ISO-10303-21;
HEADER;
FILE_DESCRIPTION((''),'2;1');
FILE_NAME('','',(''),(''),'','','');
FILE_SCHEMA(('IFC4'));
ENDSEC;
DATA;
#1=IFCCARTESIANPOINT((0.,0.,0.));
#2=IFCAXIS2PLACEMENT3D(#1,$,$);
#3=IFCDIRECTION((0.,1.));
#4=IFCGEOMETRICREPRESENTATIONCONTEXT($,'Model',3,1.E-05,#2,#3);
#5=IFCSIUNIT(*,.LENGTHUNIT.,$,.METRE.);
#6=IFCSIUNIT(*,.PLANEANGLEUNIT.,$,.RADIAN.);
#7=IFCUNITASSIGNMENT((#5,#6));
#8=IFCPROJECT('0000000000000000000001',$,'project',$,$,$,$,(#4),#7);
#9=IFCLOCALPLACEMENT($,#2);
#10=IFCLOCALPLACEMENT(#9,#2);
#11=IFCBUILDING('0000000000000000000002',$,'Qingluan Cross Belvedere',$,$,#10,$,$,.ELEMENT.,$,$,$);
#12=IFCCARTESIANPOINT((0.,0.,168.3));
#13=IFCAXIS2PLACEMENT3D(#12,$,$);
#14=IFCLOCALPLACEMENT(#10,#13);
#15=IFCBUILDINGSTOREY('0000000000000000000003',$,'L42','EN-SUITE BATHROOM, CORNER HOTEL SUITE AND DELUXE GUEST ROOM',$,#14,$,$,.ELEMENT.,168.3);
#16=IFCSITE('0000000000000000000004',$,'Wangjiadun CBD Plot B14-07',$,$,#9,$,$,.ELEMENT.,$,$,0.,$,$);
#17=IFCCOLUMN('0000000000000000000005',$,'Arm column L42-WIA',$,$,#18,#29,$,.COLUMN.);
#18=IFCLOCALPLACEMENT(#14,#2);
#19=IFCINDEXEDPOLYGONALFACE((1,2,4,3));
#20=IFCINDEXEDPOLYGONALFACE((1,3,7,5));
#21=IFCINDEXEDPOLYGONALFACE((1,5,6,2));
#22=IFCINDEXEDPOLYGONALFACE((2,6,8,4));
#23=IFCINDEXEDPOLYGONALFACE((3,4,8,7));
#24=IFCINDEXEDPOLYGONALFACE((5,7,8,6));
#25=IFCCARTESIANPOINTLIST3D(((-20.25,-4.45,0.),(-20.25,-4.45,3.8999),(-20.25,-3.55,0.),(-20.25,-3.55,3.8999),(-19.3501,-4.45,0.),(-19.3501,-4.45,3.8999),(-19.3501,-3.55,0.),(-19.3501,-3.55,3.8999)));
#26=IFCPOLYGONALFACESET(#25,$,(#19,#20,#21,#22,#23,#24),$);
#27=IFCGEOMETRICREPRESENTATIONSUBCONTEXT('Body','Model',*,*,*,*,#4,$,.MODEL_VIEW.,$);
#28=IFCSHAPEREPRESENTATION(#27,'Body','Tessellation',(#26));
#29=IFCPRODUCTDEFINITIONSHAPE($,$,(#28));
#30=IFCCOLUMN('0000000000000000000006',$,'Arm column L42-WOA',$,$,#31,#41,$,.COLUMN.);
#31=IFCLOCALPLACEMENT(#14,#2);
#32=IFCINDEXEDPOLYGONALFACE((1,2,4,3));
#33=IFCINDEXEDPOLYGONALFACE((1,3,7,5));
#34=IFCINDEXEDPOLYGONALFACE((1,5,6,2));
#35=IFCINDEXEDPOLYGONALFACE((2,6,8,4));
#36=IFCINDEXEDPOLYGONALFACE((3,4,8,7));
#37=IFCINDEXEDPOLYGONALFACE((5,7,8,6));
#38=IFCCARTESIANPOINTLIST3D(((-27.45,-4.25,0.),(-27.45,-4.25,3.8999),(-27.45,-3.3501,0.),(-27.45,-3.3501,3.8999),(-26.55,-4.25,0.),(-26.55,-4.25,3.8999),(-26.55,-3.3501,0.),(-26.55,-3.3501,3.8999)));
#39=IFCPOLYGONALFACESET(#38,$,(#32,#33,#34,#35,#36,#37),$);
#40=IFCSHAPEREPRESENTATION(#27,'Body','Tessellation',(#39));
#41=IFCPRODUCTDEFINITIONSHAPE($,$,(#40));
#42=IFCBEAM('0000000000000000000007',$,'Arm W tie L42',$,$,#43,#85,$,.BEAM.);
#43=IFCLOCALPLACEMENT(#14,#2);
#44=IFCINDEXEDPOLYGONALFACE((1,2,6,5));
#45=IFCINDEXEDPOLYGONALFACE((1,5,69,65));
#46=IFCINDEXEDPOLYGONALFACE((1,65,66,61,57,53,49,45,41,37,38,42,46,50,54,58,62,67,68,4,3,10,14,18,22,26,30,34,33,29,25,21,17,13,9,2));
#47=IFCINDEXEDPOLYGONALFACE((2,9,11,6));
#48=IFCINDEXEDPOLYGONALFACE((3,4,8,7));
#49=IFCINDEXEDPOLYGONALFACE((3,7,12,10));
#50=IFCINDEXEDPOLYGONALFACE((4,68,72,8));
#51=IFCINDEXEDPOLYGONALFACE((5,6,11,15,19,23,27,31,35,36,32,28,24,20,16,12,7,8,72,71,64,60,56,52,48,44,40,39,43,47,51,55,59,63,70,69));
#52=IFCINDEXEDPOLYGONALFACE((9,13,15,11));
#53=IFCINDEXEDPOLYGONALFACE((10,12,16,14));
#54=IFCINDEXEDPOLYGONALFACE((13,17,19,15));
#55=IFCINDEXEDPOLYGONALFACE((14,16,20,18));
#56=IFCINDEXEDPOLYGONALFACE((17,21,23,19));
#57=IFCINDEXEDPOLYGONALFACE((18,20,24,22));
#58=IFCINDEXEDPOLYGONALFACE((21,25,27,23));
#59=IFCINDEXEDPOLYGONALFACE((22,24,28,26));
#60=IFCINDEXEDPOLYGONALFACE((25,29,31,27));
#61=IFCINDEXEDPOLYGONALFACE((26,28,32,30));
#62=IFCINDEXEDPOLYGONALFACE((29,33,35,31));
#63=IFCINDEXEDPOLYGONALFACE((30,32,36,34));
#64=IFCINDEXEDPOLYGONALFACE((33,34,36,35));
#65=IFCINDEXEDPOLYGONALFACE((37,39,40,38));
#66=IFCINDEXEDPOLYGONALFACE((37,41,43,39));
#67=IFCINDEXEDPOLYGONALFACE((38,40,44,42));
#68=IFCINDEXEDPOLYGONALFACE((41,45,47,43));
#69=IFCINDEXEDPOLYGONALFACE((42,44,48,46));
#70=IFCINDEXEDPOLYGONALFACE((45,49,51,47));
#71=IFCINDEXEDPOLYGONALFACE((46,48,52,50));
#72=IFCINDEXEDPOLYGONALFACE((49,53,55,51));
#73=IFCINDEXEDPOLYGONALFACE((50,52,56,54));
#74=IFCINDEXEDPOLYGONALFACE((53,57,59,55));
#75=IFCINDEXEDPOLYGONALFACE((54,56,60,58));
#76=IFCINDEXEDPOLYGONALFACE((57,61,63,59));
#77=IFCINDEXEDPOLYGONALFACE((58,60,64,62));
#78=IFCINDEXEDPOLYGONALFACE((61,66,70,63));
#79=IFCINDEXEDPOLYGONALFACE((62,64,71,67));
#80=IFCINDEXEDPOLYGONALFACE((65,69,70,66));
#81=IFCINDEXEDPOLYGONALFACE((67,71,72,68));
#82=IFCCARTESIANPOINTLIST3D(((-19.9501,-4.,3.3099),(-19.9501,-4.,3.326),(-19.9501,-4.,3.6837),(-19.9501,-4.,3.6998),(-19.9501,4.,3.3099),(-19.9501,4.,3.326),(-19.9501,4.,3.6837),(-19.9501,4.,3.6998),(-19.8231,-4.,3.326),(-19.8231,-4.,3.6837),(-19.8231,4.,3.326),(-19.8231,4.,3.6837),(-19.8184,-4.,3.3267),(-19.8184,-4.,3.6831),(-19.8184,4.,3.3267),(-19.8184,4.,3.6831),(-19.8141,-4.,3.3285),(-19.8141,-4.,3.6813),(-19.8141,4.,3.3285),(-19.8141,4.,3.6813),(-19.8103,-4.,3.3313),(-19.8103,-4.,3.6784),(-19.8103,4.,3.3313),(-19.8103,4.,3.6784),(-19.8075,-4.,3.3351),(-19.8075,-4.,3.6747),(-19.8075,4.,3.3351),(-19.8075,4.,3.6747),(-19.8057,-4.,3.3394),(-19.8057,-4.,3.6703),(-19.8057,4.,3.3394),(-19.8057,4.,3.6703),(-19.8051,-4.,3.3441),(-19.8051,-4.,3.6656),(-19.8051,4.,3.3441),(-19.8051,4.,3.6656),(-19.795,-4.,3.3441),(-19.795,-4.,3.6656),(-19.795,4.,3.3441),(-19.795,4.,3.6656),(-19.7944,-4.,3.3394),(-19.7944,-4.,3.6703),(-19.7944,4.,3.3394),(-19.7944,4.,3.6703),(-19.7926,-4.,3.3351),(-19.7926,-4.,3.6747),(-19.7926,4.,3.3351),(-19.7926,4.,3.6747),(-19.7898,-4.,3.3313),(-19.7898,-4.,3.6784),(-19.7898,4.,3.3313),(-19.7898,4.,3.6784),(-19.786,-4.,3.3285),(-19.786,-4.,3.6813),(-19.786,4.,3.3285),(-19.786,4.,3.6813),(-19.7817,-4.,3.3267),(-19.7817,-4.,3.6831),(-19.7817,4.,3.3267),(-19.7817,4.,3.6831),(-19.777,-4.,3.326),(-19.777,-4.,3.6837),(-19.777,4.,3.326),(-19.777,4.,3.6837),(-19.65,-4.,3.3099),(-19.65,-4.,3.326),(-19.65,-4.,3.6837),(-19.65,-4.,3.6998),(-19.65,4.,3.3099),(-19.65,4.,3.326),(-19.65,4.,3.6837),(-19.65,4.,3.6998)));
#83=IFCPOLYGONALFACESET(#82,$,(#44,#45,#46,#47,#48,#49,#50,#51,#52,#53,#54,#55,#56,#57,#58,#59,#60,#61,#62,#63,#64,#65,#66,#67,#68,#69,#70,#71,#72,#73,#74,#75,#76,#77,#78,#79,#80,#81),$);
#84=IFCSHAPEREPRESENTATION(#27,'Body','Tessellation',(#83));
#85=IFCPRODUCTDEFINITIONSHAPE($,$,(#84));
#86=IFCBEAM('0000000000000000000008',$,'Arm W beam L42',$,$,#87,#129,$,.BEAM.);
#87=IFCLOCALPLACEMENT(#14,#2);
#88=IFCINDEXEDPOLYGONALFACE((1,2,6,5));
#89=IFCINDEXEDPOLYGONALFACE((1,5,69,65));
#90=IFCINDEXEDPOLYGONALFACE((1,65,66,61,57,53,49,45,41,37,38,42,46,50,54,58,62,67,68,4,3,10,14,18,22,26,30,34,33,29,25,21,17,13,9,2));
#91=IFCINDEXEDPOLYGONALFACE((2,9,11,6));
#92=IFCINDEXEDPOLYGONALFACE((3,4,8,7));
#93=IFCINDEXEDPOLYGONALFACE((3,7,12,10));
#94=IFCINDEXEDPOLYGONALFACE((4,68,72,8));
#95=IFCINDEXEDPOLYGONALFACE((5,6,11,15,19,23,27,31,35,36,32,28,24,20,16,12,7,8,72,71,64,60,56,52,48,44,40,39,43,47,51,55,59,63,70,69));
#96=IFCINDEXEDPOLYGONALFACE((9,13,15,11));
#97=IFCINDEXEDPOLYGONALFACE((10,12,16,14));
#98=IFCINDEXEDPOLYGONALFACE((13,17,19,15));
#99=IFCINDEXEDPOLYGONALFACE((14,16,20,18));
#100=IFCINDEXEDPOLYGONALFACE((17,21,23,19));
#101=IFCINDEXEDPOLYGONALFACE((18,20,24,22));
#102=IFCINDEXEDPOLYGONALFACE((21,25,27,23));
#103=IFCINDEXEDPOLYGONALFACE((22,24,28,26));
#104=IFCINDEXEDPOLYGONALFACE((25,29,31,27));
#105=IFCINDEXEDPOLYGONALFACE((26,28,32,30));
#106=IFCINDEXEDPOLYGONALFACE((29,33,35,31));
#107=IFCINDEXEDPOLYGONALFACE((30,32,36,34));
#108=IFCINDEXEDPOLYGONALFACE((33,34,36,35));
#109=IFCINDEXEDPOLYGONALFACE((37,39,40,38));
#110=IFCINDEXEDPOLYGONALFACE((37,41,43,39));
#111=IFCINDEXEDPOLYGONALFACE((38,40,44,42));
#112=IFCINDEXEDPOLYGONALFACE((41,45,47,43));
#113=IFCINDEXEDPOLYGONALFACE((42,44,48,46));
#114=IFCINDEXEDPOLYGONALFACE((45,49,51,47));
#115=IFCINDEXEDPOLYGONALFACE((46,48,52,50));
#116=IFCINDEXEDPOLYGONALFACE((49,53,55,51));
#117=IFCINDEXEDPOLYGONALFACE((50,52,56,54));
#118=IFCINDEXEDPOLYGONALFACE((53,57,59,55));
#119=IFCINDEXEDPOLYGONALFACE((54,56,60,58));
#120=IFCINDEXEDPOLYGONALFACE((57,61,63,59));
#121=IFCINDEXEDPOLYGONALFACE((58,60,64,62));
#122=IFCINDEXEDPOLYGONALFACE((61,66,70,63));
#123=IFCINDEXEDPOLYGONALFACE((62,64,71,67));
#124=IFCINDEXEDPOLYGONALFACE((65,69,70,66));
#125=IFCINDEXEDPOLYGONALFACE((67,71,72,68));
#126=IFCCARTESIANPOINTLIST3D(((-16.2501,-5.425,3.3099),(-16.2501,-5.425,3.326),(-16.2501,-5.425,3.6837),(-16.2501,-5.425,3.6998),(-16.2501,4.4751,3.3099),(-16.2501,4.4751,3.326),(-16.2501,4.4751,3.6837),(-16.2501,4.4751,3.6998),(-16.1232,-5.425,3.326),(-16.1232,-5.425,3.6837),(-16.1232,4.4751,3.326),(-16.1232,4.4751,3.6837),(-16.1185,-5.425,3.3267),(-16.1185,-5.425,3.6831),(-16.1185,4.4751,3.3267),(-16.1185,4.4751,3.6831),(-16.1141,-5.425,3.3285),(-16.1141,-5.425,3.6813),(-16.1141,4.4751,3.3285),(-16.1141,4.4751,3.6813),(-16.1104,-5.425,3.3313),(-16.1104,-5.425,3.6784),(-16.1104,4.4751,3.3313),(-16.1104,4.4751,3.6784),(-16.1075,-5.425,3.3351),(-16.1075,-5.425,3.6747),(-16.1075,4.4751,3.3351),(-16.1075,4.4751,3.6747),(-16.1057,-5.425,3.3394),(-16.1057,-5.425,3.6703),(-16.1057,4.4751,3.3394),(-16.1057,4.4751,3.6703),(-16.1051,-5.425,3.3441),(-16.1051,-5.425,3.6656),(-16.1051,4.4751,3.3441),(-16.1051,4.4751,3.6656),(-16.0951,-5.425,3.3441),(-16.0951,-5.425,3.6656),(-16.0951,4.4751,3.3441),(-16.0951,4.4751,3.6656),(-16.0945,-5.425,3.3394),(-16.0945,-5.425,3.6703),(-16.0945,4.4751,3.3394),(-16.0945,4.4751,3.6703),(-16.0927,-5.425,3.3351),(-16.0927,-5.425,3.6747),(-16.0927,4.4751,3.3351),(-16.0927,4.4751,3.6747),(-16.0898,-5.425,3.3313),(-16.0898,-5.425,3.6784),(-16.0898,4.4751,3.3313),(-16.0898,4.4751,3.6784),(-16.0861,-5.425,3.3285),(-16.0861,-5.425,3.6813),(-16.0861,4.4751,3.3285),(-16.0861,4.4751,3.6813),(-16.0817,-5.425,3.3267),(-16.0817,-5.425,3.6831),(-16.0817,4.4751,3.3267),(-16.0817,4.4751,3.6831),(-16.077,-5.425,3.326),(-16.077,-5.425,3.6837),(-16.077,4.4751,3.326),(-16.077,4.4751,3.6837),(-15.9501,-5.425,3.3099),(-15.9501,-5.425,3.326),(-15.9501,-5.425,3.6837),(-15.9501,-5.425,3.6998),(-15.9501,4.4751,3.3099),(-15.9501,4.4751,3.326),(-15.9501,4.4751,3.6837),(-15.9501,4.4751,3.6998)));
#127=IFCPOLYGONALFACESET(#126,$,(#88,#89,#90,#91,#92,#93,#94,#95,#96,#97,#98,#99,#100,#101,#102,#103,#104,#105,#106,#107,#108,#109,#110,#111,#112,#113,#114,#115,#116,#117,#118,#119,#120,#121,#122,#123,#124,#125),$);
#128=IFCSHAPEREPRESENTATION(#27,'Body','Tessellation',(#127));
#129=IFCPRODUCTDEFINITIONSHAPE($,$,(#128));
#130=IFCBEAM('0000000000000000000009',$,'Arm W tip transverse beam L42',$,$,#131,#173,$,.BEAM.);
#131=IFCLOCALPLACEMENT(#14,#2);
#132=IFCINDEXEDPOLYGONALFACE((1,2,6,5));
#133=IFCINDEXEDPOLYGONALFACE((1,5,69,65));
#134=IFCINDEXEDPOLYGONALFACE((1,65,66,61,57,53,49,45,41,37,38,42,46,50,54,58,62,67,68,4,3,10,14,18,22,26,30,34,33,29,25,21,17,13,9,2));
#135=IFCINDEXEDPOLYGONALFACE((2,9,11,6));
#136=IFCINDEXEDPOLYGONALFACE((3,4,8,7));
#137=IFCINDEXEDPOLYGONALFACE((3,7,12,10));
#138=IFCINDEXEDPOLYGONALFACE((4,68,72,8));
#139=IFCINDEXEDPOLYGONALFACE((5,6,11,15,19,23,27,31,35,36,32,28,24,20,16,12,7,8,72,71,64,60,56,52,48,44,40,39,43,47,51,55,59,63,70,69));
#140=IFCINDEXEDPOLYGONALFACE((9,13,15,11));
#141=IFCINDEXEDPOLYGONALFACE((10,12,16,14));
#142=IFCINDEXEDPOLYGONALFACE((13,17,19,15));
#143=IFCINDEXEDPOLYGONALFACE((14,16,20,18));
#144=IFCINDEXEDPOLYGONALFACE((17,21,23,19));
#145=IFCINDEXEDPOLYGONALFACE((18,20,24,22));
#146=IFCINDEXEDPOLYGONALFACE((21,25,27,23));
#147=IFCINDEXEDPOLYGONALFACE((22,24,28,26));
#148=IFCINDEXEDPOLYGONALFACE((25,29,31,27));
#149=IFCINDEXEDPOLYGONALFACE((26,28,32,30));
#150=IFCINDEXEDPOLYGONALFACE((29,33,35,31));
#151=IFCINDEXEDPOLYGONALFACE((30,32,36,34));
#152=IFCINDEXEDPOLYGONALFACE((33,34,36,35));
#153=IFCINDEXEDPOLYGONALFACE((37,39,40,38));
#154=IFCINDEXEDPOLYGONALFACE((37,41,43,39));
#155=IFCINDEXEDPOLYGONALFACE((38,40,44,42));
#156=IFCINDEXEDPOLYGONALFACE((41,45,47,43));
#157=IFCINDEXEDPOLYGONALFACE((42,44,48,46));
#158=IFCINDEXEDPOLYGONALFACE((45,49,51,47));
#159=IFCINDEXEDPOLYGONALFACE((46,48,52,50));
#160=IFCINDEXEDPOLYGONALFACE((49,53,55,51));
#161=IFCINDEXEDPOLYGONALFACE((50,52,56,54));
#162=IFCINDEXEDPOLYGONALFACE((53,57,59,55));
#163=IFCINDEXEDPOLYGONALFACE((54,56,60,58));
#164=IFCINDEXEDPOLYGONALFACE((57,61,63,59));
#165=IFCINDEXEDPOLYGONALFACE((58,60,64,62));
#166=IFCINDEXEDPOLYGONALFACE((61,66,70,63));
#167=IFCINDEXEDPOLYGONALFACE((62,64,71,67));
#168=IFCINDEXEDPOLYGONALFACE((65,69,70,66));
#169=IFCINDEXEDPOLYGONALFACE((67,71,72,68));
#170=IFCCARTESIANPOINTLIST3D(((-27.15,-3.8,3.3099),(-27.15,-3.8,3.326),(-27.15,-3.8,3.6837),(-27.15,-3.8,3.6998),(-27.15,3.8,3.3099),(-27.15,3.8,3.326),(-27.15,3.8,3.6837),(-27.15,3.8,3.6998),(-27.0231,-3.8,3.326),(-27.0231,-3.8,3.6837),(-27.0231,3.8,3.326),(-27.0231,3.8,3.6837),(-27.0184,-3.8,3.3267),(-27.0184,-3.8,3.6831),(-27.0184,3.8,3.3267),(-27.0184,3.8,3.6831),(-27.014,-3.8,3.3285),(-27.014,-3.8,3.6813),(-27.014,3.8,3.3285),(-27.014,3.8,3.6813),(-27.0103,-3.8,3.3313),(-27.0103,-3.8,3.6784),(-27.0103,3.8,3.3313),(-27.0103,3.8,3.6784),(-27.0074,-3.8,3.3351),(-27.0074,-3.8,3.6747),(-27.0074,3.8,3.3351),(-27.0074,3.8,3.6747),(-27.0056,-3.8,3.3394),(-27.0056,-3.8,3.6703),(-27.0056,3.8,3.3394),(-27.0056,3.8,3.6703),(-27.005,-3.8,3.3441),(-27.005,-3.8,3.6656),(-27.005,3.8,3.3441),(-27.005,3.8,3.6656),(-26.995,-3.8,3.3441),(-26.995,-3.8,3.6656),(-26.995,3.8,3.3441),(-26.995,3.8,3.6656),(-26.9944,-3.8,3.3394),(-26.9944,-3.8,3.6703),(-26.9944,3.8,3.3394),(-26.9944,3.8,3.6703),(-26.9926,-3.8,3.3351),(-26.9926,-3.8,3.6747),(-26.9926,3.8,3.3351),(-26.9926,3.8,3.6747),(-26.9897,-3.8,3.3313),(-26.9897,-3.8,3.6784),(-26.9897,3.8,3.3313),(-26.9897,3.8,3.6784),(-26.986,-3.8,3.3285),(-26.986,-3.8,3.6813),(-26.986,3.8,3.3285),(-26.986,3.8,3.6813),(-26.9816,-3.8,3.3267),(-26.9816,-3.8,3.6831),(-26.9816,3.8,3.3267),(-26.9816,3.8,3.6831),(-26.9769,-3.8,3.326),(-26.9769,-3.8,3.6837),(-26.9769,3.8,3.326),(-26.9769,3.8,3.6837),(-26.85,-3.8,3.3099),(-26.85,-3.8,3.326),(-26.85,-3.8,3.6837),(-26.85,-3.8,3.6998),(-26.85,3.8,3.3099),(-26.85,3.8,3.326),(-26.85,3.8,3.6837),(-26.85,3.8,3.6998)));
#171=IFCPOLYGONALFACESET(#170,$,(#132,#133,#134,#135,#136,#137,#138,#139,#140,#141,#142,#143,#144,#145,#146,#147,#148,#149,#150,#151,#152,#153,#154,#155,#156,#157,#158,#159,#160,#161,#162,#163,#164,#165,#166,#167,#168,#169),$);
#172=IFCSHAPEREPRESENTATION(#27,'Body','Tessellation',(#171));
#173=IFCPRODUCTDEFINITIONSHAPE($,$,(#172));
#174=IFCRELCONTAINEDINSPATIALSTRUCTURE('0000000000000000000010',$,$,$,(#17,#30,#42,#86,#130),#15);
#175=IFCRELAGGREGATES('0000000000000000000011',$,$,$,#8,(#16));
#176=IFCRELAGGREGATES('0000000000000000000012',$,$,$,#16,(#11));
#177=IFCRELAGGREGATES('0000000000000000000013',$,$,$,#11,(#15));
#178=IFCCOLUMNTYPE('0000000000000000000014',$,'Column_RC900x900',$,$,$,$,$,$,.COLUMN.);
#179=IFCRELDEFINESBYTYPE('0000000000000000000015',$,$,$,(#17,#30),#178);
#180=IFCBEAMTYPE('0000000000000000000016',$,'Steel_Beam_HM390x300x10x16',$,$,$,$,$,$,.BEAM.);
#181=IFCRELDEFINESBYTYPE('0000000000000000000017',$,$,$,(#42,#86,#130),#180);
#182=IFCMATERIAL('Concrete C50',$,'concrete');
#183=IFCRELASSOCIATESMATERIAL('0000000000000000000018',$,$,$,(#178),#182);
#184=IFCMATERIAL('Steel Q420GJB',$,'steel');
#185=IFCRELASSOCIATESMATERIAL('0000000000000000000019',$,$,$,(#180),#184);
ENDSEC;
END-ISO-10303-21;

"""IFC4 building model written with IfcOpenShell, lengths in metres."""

from ifc_helpers import new_model, si_unit, direction, frame, origin, origin_2d, place, context, subcontext, project, spatial, rectangle, i_section, extrude, material, material_profile, profile_set, type_object, element, save


model = new_model("IFC4")

# Units and contexts
model_context = context("Model", 3, precision=1e-05, world=origin(), true_north=direction((0.0, 1.0)))
body_context = subcontext(model_context, "Body", "Model", "MODEL_VIEW")
ifc_project = project(units=[si_unit("LENGTHUNIT", "METRE"), si_unit("PLANEANGLEUNIT", "RADIAN")], contexts=[model_context])

# Site, building, storey
site_placement = place(None, origin())
site = spatial("IfcSite", under=ifc_project, at=site_placement, Name="Wangjiadun CBD Plot B14-07", CompositionType="ELEMENT", RefElevation=0.0)
building_placement = place(site_placement, origin())
building = spatial("IfcBuilding", under=site, at=building_placement, Name="Qingluan Cross Belvedere", CompositionType="ELEMENT")
storey_placement = place(building_placement, frame((0.0, 0.0, 168.3)))
storey = spatial("IfcBuildingStorey", under=building, at=storey_placement, Name="L42", Description="EN-SUITE BATHROOM, CORNER HOTEL SUITE AND DELUXE GUEST ROOM", CompositionType="ELEMENT", Elevation=168.3)

# Columns
ifc_material_1 = material(Name="Concrete C50", Category="concrete")
ifc_material_profile_1 = material_profile(ifc_material_1, rectangle(XDim=0.8999, YDim=0.8999, at=origin_2d()), Name="RC900x900")
ifc_profile_set_1 = profile_set([ifc_material_profile_1], Name="Concrete C50")
column_type = type_object("IfcColumnType", Name="Column_RC900x900", PredefinedType="COLUMN", material=ifc_profile_set_1)
for number, where, z_axis, x_axis, name in (
    (1, (-19.8, -4.0, 0.0), (0.0, 0.0, 1.0), (1.0, 0.0, 0.0), "Arm column L42-WIA"),
    (2, (-27.0, -3.8, 0.0), (0.0, 0.0, 1.0), (1.0, 0.0, 0.0), "Arm column L42-WOA"),
):
    element("IfcColumn", number, at=place(storey_placement, frame(where, z_axis=z_axis, x_axis=x_axis)), inside=storey, type_object=column_type, Name=name, PredefinedType="COLUMN", context=body_context, shape_type="SweptSolid", body=[
        extrude(rectangle(XDim=0.8999, YDim=0.8999, at=origin_2d()), origin(), (0.0, 0.0, 1.0), 3.8999),
    ])

# Beams
ifc_material_2 = material(Name="Steel Q420GJB", Category="steel")
ifc_material_profile_2 = material_profile(ifc_material_2, i_section(OverallWidth=0.3, OverallDepth=0.3899, WebThickness=0.01, FlangeThickness=0.0161, FilletRadius=0.0181, at=origin_2d()), Name="HM390x300x10x16")
ifc_profile_set_2 = profile_set([ifc_material_profile_2], Name="Steel Q420GJB")
beam_type_1 = type_object("IfcBeamType", Name="Steel_Beam_HM390x300x10x16", PredefinedType="BEAM", material=ifc_profile_set_2)
beam_1_placement = place(storey_placement, frame((-19.8, -4.0, 3.5049), z_axis=(0.0, 1.0, 0.0), x_axis=(-1.0, 0.0, 0.0)))
element("IfcBeam", 3, at=beam_1_placement, inside=storey, type_object=beam_type_1, Name="Arm W tie L42", PredefinedType="BEAM", context=body_context, shape_type="SweptSolid", body=[
    extrude(i_section(OverallWidth=0.3, OverallDepth=0.3899, WebThickness=0.01, FlangeThickness=0.0161, FilletRadius=0.0181, at=origin_2d()), origin(), (0.0, 0.0, 1.0), 8.0),
])
beam_2_placement = place(storey_placement, frame((-16.1001, -5.425, 3.5049), z_axis=(0.0, 1.0, 0.0), x_axis=(-1.0, 0.0, 0.0)))
element("IfcBeam", 4, at=beam_2_placement, inside=storey, type_object=beam_type_1, Name="Arm W beam L42", PredefinedType="BEAM", context=body_context, shape_type="SweptSolid", body=[
    extrude(i_section(OverallWidth=0.3, OverallDepth=0.3899, WebThickness=0.01, FlangeThickness=0.0161, FilletRadius=0.0181, at=origin_2d()), origin(), (0.0, 0.0, 1.0), 9.9001),
])
beam_3_placement = place(storey_placement, frame((-27.0, -3.8, 3.5049), z_axis=(0.0, 1.0, 0.0), x_axis=(-1.0, 0.0, 0.0)))
element("IfcBeam", 5, at=beam_3_placement, inside=storey, type_object=beam_type_1, Name="Arm W tip transverse beam L42", PredefinedType="BEAM", context=body_context, shape_type="SweptSolid", body=[
    extrude(i_section(OverallWidth=0.3, OverallDepth=0.3899, WebThickness=0.01, FlangeThickness=0.0161, FilletRadius=0.0181, at=origin_2d()), origin(), (0.0, 0.0, 1.0), 7.6001),
])

save(model, "model.ifc")
